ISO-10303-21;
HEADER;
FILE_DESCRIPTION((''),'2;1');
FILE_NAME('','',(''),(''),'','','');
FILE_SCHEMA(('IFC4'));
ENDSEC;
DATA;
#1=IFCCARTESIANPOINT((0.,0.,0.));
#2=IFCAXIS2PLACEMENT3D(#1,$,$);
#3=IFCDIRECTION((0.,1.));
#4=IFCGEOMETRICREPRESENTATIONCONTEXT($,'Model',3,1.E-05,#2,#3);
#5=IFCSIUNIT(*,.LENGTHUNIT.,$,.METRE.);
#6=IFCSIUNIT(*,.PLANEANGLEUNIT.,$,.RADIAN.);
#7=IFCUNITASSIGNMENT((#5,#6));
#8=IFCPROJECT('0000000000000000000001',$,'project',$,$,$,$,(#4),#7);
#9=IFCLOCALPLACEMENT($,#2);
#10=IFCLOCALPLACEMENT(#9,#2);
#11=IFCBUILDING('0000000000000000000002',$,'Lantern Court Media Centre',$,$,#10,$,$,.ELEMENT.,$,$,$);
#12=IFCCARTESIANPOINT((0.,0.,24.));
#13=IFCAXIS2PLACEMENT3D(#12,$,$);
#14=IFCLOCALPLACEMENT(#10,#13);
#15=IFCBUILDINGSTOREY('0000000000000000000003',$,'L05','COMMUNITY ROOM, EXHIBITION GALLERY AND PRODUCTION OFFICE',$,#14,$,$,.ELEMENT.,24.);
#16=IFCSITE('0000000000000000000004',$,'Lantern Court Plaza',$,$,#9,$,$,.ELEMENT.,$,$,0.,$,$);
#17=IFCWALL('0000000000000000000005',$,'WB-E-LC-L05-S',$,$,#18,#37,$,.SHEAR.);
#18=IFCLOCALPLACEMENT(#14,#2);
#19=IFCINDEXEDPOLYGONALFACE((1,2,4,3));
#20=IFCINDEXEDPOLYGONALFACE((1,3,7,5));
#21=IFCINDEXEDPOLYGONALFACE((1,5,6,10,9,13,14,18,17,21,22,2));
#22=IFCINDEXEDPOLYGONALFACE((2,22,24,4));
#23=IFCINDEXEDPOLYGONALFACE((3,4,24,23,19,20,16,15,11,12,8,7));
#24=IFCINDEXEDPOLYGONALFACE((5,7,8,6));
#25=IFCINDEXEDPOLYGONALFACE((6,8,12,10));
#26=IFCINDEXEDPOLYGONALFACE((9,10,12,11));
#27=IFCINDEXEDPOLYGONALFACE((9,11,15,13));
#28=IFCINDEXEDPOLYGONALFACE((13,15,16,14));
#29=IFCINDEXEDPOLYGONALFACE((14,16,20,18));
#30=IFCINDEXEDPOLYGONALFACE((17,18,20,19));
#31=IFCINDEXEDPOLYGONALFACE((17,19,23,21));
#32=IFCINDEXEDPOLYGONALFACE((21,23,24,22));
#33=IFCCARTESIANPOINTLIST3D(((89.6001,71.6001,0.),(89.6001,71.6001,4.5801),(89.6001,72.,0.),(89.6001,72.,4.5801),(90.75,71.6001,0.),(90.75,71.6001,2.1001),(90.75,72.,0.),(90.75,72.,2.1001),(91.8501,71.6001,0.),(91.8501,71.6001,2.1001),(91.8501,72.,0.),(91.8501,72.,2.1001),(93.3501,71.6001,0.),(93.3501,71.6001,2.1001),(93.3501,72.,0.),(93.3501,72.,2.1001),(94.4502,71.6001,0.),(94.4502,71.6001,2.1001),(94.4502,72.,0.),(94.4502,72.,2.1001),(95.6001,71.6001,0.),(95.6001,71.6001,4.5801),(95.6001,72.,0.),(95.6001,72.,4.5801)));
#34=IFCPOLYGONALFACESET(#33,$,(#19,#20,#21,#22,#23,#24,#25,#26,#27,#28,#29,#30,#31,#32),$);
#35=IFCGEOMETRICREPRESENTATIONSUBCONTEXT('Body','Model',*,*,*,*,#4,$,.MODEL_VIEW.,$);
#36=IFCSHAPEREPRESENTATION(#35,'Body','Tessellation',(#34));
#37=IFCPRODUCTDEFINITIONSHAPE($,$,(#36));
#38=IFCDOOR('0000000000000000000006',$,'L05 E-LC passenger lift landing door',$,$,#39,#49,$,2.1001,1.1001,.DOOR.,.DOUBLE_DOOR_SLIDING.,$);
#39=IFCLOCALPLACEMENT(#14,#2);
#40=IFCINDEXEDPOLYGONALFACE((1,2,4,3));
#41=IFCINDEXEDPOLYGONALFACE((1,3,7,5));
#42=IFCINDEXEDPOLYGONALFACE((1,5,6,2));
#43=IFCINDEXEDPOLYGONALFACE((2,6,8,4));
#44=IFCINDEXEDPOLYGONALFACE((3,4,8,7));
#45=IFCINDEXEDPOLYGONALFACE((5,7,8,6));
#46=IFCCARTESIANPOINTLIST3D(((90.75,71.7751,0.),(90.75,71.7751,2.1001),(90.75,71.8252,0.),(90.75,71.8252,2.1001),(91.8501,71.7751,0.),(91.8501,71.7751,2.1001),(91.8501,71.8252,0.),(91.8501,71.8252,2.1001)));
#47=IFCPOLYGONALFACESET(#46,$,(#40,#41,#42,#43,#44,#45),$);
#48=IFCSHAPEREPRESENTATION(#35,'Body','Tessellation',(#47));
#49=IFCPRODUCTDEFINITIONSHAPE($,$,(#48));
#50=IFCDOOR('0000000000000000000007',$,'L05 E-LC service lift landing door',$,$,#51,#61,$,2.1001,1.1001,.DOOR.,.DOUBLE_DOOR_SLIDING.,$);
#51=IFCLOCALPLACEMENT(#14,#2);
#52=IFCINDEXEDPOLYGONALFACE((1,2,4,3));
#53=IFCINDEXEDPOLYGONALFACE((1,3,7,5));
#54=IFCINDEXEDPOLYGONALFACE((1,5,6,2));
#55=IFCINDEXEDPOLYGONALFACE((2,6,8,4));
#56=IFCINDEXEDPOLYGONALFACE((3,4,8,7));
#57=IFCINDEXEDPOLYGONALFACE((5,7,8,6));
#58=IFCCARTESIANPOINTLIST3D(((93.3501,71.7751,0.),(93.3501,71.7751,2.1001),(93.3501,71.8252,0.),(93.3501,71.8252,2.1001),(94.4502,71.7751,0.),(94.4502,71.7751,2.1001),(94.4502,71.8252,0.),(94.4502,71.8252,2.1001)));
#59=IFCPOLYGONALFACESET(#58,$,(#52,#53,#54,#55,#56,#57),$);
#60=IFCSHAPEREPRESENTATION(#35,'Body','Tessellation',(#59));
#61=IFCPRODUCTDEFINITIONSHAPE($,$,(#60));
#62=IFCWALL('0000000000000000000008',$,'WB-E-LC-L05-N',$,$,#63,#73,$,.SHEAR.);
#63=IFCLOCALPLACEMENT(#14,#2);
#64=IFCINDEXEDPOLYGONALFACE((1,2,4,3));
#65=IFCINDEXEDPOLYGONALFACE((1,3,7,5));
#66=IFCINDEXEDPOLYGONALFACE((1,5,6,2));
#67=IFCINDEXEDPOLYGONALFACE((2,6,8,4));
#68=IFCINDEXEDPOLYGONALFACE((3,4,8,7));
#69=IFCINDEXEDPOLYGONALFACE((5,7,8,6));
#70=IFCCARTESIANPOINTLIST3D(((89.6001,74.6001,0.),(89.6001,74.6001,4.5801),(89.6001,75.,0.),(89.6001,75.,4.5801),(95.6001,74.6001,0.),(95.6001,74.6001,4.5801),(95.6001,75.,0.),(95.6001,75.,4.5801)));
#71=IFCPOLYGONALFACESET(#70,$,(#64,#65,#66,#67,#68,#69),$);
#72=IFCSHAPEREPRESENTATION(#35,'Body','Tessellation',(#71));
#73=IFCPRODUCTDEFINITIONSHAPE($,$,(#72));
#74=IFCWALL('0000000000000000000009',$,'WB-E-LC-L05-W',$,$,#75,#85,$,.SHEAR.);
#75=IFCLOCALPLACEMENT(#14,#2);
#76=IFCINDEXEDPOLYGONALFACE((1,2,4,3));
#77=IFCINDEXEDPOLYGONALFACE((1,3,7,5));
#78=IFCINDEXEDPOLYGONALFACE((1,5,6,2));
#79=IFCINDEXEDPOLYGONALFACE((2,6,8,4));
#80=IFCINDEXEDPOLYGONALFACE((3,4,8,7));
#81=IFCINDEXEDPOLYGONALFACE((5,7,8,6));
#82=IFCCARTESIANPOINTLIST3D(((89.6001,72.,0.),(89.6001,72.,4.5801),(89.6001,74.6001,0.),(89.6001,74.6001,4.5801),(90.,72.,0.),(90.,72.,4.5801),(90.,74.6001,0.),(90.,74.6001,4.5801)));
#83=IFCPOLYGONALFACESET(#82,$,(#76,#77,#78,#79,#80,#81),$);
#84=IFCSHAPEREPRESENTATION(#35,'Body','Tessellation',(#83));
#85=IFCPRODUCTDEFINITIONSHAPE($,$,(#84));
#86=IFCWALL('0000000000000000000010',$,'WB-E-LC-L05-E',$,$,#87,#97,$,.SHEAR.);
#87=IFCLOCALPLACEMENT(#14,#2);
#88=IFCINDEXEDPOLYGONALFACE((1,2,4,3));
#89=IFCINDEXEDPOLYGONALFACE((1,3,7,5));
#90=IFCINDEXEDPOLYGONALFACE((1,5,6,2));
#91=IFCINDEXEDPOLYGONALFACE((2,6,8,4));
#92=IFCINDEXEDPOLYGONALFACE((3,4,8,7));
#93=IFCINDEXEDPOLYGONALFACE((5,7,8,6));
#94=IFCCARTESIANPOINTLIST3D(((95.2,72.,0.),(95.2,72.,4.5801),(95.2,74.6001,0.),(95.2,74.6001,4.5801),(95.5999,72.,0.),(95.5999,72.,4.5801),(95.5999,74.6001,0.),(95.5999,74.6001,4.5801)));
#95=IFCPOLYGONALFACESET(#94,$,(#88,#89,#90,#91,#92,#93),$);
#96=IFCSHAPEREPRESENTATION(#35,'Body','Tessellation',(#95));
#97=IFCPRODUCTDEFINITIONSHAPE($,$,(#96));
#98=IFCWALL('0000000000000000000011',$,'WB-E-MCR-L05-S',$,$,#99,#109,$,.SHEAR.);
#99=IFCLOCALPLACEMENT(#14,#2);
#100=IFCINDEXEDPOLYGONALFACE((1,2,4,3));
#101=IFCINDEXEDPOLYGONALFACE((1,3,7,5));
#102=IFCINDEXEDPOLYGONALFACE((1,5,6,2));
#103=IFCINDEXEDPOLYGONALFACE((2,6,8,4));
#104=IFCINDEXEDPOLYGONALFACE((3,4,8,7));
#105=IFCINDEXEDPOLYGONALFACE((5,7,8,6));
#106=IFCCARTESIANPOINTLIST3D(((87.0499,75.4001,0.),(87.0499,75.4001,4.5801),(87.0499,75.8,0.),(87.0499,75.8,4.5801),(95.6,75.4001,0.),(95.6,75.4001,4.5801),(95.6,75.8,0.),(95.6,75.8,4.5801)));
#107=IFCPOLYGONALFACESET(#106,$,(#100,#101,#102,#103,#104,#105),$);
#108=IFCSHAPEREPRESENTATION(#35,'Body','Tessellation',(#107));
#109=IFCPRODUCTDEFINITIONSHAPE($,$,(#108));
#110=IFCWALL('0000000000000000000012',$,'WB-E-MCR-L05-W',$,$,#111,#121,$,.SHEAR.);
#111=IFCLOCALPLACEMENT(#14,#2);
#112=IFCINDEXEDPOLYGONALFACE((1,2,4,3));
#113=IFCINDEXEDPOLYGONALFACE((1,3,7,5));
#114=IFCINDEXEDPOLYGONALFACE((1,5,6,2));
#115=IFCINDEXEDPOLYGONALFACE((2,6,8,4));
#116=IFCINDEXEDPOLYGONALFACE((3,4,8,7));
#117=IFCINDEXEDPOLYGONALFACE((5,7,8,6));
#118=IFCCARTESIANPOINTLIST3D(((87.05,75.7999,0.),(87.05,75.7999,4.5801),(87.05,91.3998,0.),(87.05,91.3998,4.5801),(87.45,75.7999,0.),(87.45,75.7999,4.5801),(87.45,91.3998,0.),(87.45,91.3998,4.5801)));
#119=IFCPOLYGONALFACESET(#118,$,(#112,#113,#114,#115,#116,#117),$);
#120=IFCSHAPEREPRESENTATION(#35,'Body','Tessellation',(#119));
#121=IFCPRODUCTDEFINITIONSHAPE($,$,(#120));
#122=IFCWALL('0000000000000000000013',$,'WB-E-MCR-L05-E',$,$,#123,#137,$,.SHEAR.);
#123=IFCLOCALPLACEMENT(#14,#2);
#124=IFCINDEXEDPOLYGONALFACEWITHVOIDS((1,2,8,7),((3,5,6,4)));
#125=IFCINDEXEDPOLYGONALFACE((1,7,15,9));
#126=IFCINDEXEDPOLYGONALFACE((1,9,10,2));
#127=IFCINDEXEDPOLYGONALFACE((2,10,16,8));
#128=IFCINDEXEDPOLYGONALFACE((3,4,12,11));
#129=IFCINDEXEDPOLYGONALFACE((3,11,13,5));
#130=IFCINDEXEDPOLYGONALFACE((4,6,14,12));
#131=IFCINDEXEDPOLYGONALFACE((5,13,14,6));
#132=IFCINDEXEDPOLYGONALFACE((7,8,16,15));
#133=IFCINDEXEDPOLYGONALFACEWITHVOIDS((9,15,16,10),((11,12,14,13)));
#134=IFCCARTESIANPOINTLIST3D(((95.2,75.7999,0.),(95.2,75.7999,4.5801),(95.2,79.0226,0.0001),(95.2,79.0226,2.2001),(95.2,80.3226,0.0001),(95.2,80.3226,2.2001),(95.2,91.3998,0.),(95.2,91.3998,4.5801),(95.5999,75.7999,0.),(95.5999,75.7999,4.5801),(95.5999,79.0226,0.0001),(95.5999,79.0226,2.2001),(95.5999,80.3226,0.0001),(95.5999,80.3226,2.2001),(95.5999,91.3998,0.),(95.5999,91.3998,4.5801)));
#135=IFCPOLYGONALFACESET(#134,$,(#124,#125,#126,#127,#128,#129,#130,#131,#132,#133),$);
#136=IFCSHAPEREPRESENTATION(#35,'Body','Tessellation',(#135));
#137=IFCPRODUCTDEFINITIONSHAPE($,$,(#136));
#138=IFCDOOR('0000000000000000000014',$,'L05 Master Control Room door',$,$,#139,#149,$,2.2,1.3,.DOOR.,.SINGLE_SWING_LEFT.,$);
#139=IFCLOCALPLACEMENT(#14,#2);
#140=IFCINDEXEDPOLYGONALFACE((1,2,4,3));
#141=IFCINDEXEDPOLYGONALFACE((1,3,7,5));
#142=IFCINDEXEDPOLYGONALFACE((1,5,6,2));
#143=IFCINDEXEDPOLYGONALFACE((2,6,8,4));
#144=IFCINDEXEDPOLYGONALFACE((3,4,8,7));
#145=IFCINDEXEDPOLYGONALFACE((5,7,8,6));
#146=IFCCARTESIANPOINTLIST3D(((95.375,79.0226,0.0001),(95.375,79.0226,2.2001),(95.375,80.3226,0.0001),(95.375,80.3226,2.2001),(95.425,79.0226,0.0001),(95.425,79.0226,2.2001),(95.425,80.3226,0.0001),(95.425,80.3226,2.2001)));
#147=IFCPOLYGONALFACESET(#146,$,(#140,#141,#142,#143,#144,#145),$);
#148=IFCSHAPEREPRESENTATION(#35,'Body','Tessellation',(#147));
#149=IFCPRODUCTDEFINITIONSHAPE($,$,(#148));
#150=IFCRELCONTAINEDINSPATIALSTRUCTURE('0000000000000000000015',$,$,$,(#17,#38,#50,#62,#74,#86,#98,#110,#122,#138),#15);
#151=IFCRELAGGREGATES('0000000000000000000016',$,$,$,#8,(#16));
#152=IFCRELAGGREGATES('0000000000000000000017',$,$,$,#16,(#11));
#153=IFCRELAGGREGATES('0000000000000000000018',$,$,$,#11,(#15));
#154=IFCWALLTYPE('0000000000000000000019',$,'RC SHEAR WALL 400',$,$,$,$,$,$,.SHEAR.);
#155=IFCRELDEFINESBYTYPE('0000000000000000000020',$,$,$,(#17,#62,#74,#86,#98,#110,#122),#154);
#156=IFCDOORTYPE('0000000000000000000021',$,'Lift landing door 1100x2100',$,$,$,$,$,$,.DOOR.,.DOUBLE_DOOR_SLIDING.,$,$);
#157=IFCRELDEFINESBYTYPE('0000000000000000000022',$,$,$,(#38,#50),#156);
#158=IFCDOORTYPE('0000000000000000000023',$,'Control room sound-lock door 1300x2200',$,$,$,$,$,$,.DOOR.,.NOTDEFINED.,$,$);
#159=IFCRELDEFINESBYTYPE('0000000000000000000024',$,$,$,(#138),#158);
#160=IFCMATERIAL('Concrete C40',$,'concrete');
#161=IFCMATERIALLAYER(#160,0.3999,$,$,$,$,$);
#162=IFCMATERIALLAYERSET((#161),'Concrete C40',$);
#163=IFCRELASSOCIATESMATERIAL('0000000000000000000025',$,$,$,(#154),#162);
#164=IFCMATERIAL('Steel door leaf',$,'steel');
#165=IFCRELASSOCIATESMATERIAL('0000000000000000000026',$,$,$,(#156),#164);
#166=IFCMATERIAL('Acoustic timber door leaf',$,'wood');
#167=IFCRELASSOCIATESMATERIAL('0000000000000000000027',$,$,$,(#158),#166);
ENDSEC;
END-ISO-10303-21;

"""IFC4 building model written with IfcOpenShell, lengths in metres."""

from ifc_helpers import new_model, si_unit, direction, frame, frame_2d, origin, place, context, subcontext, project, spatial, rectangle, extrude, material, layer, layer_set, type_object, element, fill, save


model = new_model("IFC4")

# Units and contexts
model_context = context("Model", 3, precision=1e-05, world=origin(), true_north=direction((0.0, 1.0)))
body_context = subcontext(model_context, "Body", "Model", "MODEL_VIEW")
ifc_project = project(units=[si_unit("LENGTHUNIT", "METRE"), si_unit("PLANEANGLEUNIT", "RADIAN")], contexts=[model_context])

# Site, building, storey
site_placement = place(None, origin())
site = spatial("IfcSite", under=ifc_project, at=site_placement, Name="Lantern Court Plaza", CompositionType="ELEMENT", RefElevation=0.0)
building_placement = place(site_placement, origin())
building = spatial("IfcBuilding", under=site, at=building_placement, Name="Lantern Court Media Centre", CompositionType="ELEMENT")
storey_placement = place(building_placement, frame((0.0, 0.0, 24.0)))
storey = spatial("IfcBuildingStorey", under=building, at=storey_placement, Name="L05", Description="COMMUNITY ROOM, EXHIBITION GALLERY AND PRODUCTION OFFICE", CompositionType="ELEMENT", Elevation=24.0)

# Shared definitions
ifc_material_1 = material(Name="Concrete C40", Category="concrete")

# Wall, openings, doors
ifc_layer_1 = layer(ifc_material_1, 0.3999)
ifc_layer_set_1 = layer_set([ifc_layer_1], Name="Concrete C40")
wall_type_1 = type_object("IfcWallType", Name="RC SHEAR WALL 400", PredefinedType="SHEAR", material=ifc_layer_set_1)
wall_1_placement = place(storey_placement, frame((89.6001, 71.8, 0.0), z_axis=(0.0, 0.0, 1.0), x_axis=(1.0, 0.0, 0.0)))
wall_1 = element("IfcWall", 1, at=wall_1_placement, inside=storey, type_object=wall_type_1, Name="WB-E-LC-L05-S", PredefinedType="SHEAR", context=body_context, shape_type="SweptSolid", body=[
    extrude(rectangle(XDim=6.0, YDim=0.3999, at=frame_2d((3.0, 0.0))), origin(), (0.0, 0.0, 1.0), 4.5801),
])
opening_1_placement = place(wall_1_placement, frame((1.1499, 0.0, 0.0)))
opening_1 = element("IfcOpeningElement", 2, at=opening_1_placement, cuts=wall_1, PredefinedType="OPENING", context=body_context, shape_type="SweptSolid", body=[
    extrude(rectangle(XDim=1.1001, YDim=2.1001, at=frame_2d((0.55, 1.05))), frame((0.0, 0.21, 0.0), z_axis=(0.0, -1.0, 0.0), x_axis=(1.0, 0.0, 0.0)), (0.0, 0.0, 1.0), 0.4199),
])
opening_2_placement = place(wall_1_placement, frame((3.75, 0.0, 0.0)))
opening_2 = element("IfcOpeningElement", 3, at=opening_2_placement, cuts=wall_1, PredefinedType="OPENING", context=body_context, shape_type="SweptSolid", body=[
    extrude(rectangle(XDim=1.1001, YDim=2.1001, at=frame_2d((0.55, 1.05))), frame((0.0, 0.21, 0.0), z_axis=(0.0, -1.0, 0.0), x_axis=(1.0, 0.0, 0.0)), (0.0, 0.0, 1.0), 0.4199),
])
ifc_material_2 = material(Name="Steel door leaf", Category="steel")
door_type_1 = type_object("IfcDoorType", Name="Lift landing door 1100x2100", OperationType="DOUBLE_DOOR_SLIDING", PredefinedType="DOOR", material=ifc_material_2)
door_1_placement = place(opening_1_placement, frame((1.1001, 0.0, 0.0), z_axis=(0.0, 0.0, 1.0), x_axis=(-1.0, 0.0, 0.0)))
door_1 = element("IfcDoor", 4, at=door_1_placement, inside=storey, type_object=door_type_1, Name="L05 E-LC passenger lift landing door", OperationType="DOUBLE_DOOR_SLIDING", OverallHeight=2.1001, OverallWidth=1.1001, PredefinedType="DOOR", context=body_context, shape_type="SweptSolid", body=[
    extrude(rectangle(XDim=1.1001, YDim=2.1001, at=frame_2d((0.55, 1.05))), frame((0.0, 0.0249, 0.0), z_axis=(0.0, -1.0, 0.0), x_axis=(1.0, 0.0, 0.0)), (0.0, 0.0, 1.0), 0.05),
])
fill(opening_1, door_1)
door_2_placement = place(opening_2_placement, frame((1.1001, 0.0, 0.0), z_axis=(0.0, 0.0, 1.0), x_axis=(-1.0, 0.0, 0.0)))
door_2 = element("IfcDoor", 5, at=door_2_placement, inside=storey, type_object=door_type_1, Name="L05 E-LC service lift landing door", OperationType="DOUBLE_DOOR_SLIDING", OverallHeight=2.1001, OverallWidth=1.1001, PredefinedType="DOOR", context=body_context, shape_type="SweptSolid", body=[
    extrude(rectangle(XDim=1.1001, YDim=2.1001, at=frame_2d((0.55, 1.05))), frame((0.0, 0.0249, 0.0), z_axis=(0.0, -1.0, 0.0), x_axis=(1.0, 0.0, 0.0)), (0.0, 0.0, 1.0), 0.05),
])
fill(opening_2, door_2)

# Walls
wall_2_placement = place(storey_placement, frame((89.6001, 74.8, 0.0), z_axis=(0.0, 0.0, 1.0), x_axis=(1.0, 0.0, 0.0)))
element("IfcWall", 6, at=wall_2_placement, inside=storey, type_object=wall_type_1, Name="WB-E-LC-L05-N", PredefinedType="SHEAR", context=body_context, shape_type="SweptSolid", body=[
    extrude(rectangle(XDim=6.0, YDim=0.3999, at=frame_2d((3.0, 0.0))), origin(), (0.0, 0.0, 1.0), 4.5801),
])
for number, where, z_axis, x_axis, name in (
    (7, (89.8, 72.0, 0.0), (0.0, 0.0, 1.0), (0.0, 1.0, 0.0), "WB-E-LC-L05-W"),
    (8, (95.3999, 72.0, 0.0), (0.0, 0.0, 1.0), (0.0, 1.0, 0.0), "WB-E-LC-L05-E"),
):
    element("IfcWall", number, at=place(storey_placement, frame(where, z_axis=z_axis, x_axis=x_axis)), inside=storey, type_object=wall_type_1, Name=name, PredefinedType="SHEAR", context=body_context, shape_type="SweptSolid", body=[
        extrude(rectangle(XDim=2.6001, YDim=0.3999, at=frame_2d((1.3, 0.0))), origin(), (0.0, 0.0, 1.0), 4.5801),
    ])
wall_3_placement = place(storey_placement, frame((87.05, 75.6001, 0.0), z_axis=(0.0, 0.0, 1.0), x_axis=(1.0, 0.0, 0.0)))
element("IfcWall", 9, at=wall_3_placement, inside=storey, type_object=wall_type_1, Name="WB-E-MCR-L05-S", PredefinedType="SHEAR", context=body_context, shape_type="SweptSolid", body=[
    extrude(rectangle(XDim=8.55, YDim=0.3999, at=frame_2d((4.2749, 0.0))), origin(), (0.0, 0.0, 1.0), 4.5801),
])
wall_4_placement = place(storey_placement, frame((87.25, 75.8, 0.0), z_axis=(0.0, 0.0, 1.0), x_axis=(0.0, 1.0, 0.0)))
element("IfcWall", 10, at=wall_4_placement, inside=storey, type_object=wall_type_1, Name="WB-E-MCR-L05-W", PredefinedType="SHEAR", context=body_context, shape_type="SweptSolid", body=[
    extrude(rectangle(XDim=15.5999, YDim=0.3999, at=frame_2d((7.7998, 0.0))), origin(), (0.0, 0.0, 1.0), 4.5801),
])

# Wall, opening, door
wall_5_placement = place(storey_placement, frame((95.3999, 75.8, 0.0), z_axis=(0.0, 0.0, 1.0), x_axis=(0.0, 1.0, 0.0)))
wall_5 = element("IfcWall", 11, at=wall_5_placement, inside=storey, type_object=wall_type_1, Name="WB-E-MCR-L05-E", PredefinedType="SHEAR", context=body_context, shape_type="SweptSolid", body=[
    extrude(rectangle(XDim=15.5999, YDim=0.3999, at=frame_2d((7.7998, 0.0))), origin(), (0.0, 0.0, 1.0), 4.5801),
])
opening_3_placement = place(wall_5_placement, frame((3.2227, 0.0, 0.0)))
opening_3 = element("IfcOpeningElement", 12, at=opening_3_placement, cuts=wall_5, PredefinedType="OPENING", context=body_context, shape_type="SweptSolid", body=[
    extrude(rectangle(XDim=1.3, YDim=2.2, at=frame_2d((0.6499, 1.1001))), frame((0.0, 0.21, 0.0), z_axis=(0.0, -1.0, 0.0), x_axis=(1.0, 0.0, 0.0)), (0.0, 0.0, 1.0), 0.4199),
])
ifc_material_3 = material(Name="Acoustic timber door leaf", Category="wood")
door_type_2 = type_object("IfcDoorType", Name="Control room sound-lock door 1300x2200", OperationType="NOTDEFINED", PredefinedType="DOOR", material=ifc_material_3)
door_3_placement = place(opening_3_placement, origin())
door_3 = element("IfcDoor", 13, at=door_3_placement, inside=storey, type_object=door_type_2, Name="L05 Master Control Room door", OperationType="SINGLE_SWING_LEFT", OverallHeight=2.2, OverallWidth=1.3, PredefinedType="DOOR", context=body_context, shape_type="SweptSolid", body=[
    extrude(rectangle(XDim=1.3, YDim=2.2, at=frame_2d((0.6499, 1.1001))), frame((0.0, 0.0249, 0.0), z_axis=(0.0, -1.0, 0.0), x_axis=(1.0, 0.0, 0.0)), (0.0, 0.0, 1.0), 0.05),
])
fill(opening_3, door_3)

save(model, "model.ifc")
